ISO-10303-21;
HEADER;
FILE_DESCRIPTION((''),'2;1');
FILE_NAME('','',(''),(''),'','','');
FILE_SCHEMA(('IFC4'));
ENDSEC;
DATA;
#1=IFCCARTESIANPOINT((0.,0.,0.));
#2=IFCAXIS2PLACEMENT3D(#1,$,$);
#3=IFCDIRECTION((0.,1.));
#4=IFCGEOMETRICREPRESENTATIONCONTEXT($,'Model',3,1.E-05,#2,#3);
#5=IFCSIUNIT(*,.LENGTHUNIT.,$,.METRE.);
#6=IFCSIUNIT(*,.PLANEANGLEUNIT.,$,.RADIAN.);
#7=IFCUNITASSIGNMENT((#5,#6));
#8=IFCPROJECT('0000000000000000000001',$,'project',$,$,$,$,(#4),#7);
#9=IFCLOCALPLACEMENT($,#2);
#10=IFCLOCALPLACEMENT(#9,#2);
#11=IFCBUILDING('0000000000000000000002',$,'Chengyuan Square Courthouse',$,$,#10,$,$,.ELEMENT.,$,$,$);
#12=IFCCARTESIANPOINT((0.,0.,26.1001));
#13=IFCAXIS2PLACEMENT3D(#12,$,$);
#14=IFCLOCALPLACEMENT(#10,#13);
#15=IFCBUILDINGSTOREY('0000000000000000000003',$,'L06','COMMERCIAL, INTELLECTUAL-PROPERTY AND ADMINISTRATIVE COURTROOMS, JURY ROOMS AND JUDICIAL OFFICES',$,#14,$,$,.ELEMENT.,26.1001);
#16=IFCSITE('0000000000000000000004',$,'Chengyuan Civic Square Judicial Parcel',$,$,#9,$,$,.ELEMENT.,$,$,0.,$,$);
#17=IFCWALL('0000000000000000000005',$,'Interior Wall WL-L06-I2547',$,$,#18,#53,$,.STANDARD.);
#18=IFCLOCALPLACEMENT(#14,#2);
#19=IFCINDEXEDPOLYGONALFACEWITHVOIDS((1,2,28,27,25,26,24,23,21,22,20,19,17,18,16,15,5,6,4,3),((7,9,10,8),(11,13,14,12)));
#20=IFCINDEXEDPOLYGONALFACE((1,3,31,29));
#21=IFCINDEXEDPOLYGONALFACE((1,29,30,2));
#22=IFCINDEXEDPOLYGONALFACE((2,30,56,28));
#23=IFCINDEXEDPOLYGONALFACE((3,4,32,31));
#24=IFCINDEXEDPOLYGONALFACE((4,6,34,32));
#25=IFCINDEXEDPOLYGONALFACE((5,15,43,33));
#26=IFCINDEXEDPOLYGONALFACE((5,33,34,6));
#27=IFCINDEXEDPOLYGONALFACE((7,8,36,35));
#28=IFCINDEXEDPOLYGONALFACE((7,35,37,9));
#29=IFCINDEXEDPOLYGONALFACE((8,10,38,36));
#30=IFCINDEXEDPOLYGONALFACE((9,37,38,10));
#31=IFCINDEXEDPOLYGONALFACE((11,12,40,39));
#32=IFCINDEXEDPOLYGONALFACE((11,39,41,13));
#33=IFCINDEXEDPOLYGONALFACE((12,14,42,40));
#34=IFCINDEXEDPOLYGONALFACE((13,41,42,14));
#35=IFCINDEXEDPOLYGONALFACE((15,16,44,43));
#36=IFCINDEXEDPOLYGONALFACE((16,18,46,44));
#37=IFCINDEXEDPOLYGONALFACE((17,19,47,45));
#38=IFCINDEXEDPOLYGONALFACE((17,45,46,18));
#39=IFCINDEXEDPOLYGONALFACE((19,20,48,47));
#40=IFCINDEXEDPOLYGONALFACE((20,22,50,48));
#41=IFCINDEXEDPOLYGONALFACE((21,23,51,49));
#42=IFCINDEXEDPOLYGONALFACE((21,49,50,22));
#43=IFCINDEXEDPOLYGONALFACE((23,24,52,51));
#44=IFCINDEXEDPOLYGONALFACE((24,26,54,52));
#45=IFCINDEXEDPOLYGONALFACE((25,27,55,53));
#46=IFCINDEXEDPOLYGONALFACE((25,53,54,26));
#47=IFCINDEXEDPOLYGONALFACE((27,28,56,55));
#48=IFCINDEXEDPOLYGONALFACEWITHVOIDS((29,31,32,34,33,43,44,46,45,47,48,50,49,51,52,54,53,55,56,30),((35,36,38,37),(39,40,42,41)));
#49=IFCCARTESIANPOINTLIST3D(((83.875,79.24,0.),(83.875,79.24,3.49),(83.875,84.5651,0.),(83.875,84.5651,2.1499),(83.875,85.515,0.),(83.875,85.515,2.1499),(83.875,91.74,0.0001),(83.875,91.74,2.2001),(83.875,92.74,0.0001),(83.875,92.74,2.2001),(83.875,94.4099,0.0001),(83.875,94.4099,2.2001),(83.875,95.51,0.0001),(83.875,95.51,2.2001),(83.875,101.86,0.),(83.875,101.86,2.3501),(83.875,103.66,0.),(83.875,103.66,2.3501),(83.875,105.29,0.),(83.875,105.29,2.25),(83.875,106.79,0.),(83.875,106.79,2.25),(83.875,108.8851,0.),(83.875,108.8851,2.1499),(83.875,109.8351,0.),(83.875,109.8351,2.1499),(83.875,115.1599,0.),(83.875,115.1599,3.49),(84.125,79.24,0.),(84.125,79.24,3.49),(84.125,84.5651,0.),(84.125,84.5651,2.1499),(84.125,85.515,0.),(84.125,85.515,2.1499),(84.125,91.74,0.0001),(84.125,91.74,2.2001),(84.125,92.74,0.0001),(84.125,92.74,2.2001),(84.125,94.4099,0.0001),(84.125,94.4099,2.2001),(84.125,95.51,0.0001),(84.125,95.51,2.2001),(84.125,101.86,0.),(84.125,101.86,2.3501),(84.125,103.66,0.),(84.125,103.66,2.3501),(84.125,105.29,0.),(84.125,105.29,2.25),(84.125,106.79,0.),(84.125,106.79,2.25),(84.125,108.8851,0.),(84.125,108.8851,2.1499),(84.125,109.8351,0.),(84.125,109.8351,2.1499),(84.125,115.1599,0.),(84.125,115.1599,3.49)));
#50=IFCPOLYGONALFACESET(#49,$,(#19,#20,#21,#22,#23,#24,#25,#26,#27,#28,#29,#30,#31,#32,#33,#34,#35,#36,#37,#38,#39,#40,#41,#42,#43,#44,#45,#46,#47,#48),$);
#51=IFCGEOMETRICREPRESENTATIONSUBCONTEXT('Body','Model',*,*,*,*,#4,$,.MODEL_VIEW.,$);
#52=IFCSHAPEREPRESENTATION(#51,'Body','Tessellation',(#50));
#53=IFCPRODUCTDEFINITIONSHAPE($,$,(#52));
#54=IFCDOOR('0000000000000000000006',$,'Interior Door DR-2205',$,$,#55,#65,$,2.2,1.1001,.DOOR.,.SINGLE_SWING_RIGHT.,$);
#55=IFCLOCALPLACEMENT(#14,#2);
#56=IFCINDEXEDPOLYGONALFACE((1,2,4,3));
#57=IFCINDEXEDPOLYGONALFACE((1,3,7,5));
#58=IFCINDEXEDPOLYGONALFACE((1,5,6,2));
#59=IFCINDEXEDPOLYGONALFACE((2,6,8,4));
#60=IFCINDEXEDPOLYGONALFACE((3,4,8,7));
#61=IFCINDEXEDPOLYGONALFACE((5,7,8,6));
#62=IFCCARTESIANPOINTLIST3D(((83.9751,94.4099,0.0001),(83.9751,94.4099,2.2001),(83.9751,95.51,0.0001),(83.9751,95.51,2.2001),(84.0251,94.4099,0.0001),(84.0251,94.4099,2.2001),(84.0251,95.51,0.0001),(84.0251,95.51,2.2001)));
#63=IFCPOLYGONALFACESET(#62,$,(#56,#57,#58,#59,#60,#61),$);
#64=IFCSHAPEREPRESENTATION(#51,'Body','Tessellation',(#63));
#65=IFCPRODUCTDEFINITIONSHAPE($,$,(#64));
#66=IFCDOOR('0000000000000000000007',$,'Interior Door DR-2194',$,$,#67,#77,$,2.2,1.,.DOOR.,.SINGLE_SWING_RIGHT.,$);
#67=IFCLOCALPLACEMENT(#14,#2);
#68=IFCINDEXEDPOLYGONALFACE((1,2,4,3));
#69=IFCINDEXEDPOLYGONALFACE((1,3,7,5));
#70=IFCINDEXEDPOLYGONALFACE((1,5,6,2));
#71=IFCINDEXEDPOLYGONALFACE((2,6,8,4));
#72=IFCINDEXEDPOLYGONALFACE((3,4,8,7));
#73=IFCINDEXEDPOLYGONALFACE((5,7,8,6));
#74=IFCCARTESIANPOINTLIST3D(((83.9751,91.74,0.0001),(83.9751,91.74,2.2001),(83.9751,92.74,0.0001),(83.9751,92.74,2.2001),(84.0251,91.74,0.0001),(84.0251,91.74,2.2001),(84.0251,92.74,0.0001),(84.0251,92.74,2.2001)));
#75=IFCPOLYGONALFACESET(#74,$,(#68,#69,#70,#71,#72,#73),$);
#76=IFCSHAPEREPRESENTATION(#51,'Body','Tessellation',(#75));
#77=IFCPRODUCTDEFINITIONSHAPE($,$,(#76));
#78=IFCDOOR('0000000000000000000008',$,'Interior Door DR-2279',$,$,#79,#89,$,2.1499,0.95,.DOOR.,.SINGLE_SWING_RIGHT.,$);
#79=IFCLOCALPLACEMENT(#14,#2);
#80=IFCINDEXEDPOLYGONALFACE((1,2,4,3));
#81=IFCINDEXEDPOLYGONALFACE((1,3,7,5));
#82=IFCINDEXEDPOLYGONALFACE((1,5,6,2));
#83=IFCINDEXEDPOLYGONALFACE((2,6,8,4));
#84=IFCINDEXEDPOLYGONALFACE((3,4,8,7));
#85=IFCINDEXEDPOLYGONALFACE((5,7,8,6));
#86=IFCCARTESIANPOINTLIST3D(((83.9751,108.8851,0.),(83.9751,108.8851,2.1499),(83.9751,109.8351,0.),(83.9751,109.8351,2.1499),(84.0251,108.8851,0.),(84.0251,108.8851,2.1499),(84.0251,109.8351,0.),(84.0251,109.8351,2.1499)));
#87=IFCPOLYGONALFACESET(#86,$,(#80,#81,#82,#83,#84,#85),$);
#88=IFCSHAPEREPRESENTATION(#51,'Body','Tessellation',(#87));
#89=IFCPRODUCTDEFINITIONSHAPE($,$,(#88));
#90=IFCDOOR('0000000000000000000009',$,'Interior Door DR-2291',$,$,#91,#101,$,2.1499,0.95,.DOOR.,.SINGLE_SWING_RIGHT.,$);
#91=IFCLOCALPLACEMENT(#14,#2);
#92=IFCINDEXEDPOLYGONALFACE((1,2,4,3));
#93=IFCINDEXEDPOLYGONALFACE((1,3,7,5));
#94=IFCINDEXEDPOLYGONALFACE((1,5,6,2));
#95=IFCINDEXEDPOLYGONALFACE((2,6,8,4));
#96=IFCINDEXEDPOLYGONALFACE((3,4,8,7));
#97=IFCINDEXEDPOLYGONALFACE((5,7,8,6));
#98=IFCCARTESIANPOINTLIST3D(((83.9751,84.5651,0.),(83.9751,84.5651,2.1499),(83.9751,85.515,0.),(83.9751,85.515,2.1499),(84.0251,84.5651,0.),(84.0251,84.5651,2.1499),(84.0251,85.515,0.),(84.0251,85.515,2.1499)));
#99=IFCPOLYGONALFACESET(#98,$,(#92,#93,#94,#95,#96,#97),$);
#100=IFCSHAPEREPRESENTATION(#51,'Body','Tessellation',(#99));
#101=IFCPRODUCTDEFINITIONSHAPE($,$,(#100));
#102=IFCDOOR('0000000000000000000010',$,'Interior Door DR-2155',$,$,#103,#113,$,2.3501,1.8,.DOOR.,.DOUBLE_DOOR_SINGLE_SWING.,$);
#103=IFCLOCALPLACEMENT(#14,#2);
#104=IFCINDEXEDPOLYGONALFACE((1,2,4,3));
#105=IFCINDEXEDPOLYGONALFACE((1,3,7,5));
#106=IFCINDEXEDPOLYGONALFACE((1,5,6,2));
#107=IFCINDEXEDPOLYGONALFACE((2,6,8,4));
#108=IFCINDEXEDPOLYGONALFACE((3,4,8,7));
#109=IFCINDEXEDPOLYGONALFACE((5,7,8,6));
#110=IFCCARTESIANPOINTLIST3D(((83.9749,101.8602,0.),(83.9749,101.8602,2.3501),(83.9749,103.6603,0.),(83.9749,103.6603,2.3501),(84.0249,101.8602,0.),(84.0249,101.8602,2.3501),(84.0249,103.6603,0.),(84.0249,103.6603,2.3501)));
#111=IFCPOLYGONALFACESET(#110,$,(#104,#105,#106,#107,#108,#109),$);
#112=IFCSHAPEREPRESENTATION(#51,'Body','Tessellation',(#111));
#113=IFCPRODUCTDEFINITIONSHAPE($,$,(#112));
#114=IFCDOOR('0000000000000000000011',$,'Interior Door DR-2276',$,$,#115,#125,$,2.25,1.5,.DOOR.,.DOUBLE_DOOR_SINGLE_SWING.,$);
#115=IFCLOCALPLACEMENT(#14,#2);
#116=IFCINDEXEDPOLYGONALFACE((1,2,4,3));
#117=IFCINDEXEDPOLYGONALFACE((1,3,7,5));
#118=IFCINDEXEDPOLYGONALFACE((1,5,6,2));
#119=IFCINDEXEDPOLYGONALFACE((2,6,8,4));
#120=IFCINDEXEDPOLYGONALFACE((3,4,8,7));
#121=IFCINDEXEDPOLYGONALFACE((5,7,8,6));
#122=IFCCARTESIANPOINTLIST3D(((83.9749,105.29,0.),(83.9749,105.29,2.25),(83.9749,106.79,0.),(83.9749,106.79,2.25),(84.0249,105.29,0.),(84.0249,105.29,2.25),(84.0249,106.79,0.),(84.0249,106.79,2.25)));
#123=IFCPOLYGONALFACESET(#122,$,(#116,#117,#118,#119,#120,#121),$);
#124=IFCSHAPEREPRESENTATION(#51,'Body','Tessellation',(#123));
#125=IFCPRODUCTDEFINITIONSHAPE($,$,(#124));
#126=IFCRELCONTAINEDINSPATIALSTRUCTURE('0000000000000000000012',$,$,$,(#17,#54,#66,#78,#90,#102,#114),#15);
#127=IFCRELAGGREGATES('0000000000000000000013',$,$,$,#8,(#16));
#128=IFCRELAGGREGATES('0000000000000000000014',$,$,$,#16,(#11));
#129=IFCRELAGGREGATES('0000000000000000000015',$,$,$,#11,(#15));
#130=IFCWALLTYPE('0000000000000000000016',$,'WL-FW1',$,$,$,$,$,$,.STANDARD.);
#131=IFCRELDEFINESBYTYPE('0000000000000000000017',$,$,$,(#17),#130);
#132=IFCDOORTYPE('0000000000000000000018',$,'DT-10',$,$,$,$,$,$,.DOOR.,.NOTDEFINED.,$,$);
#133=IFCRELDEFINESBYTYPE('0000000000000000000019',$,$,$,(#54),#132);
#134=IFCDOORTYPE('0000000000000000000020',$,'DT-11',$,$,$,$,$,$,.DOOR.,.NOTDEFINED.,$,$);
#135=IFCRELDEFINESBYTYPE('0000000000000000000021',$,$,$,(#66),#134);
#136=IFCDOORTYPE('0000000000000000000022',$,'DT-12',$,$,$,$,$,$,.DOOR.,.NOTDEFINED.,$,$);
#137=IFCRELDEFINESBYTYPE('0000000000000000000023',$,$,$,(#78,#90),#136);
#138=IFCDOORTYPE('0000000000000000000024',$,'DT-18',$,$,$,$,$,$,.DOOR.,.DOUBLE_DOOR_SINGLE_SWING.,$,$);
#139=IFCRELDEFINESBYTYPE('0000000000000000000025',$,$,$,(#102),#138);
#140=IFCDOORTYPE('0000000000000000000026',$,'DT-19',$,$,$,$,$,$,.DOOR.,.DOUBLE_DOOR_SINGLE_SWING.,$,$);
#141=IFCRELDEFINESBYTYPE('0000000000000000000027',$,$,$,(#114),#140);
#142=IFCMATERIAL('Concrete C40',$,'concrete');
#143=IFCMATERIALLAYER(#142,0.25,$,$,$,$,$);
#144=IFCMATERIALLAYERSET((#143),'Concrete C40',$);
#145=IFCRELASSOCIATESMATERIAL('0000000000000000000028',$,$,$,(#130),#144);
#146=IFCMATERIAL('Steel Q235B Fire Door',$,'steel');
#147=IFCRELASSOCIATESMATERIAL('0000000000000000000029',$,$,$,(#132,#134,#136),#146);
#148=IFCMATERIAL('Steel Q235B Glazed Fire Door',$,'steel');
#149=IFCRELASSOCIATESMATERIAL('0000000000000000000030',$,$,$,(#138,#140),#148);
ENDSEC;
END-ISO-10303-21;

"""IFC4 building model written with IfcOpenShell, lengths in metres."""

from ifc_helpers import new_model, si_unit, direction, frame, frame_2d, origin, place, context, subcontext, project, spatial, rectangle, extrude, material, layer, layer_set, type_object, element, fill, save


model = new_model("IFC4")

# Units and contexts
model_context = context("Model", 3, precision=1e-05, world=origin(), true_north=direction((0.0, 1.0)))
body_context = subcontext(model_context, "Body", "Model", "MODEL_VIEW")
ifc_project = project(units=[si_unit("LENGTHUNIT", "METRE"), si_unit("PLANEANGLEUNIT", "RADIAN")], contexts=[model_context])

# Site, building, storey
site_placement = place(None, origin())
site = spatial("IfcSite", under=ifc_project, at=site_placement, Name="Chengyuan Civic Square Judicial Parcel", CompositionType="ELEMENT", RefElevation=0.0)
building_placement = place(site_placement, origin())
building = spatial("IfcBuilding", under=site, at=building_placement, Name="Chengyuan Square Courthouse", CompositionType="ELEMENT")
storey_placement = place(building_placement, frame((0.0, 0.0, 26.1001)))
storey = spatial("IfcBuildingStorey", under=building, at=storey_placement, Name="L06", Description="COMMERCIAL, INTELLECTUAL-PROPERTY AND ADMINISTRATIVE COURTROOMS, JURY ROOMS AND JUDICIAL OFFICES", CompositionType="ELEMENT", Elevation=26.1001)

# Shared definitions
ifc_material_1 = material(Name="Concrete C40", Category="concrete")

# Wall, openings, doors
ifc_layer_1 = layer(ifc_material_1, 0.25)
ifc_layer_set_1 = layer_set([ifc_layer_1], Name="Concrete C40")
wall_type_1 = type_object("IfcWallType", Name="WL-FW1", PredefinedType="STANDARD", material=ifc_layer_set_1)
wall_1_placement = place(storey_placement, frame((84.0, 79.24, 0.0), z_axis=(0.0, 0.0, 1.0), x_axis=(0.0, 1.0, 0.0)))
wall_1 = element("IfcWall", 1, at=wall_1_placement, inside=storey, type_object=wall_type_1, Name="Interior Wall WL-L06-I2547", PredefinedType="STANDARD", context=body_context, shape_type="SweptSolid", body=[
    extrude(rectangle(XDim=35.9199, YDim=0.25, at=frame_2d((17.96, 0.0))), origin(), (0.0, 0.0, 1.0), 3.49),
])
opening_1_placement = place(wall_1_placement, frame((22.6201, 0.0, 0.0)))
opening_1 = element("IfcOpeningElement", 2, at=opening_1_placement, cuts=wall_1, PredefinedType="OPENING", context=body_context, shape_type="SweptSolid", body=[
    extrude(rectangle(XDim=1.8, YDim=2.3501, at=frame_2d((0.8999, 1.175))), frame((0.0, 0.137, 0.0), z_axis=(0.0, -1.0, 0.0), x_axis=(1.0, 0.0, 0.0)), (0.0, 0.0, 1.0), 0.2739),
])
opening_2_placement = place(wall_1_placement, frame((12.5, 0.0, 0.0)))
opening_2 = element("IfcOpeningElement", 3, at=opening_2_placement, cuts=wall_1, PredefinedType="OPENING", context=body_context, shape_type="SweptSolid", body=[
    extrude(rectangle(XDim=1.0, YDim=2.2, at=frame_2d((0.5, 1.1001))), frame((0.0, 0.137, 0.0), z_axis=(0.0, -1.0, 0.0), x_axis=(1.0, 0.0, 0.0)), (0.0, 0.0, 1.0), 0.2739),
])
opening_3_placement = place(wall_1_placement, frame((15.1699, 0.0, 0.0)))
opening_3 = element("IfcOpeningElement", 4, at=opening_3_placement, cuts=wall_1, PredefinedType="OPENING", context=body_context, shape_type="SweptSolid", body=[
    extrude(rectangle(XDim=1.1001, YDim=2.2, at=frame_2d((0.55, 1.1001))), frame((0.0, 0.137, 0.0), z_axis=(0.0, -1.0, 0.0), x_axis=(1.0, 0.0, 0.0)), (0.0, 0.0, 1.0), 0.2739),
])
opening_4_placement = place(wall_1_placement, frame((26.05, 0.0, 0.0)))
opening_4 = element("IfcOpeningElement", 5, at=opening_4_placement, cuts=wall_1, PredefinedType="OPENING", context=body_context, shape_type="SweptSolid", body=[
    extrude(rectangle(XDim=1.5, YDim=2.25, at=frame_2d((0.75, 1.125))), frame((0.0, 0.137, 0.0), z_axis=(0.0, -1.0, 0.0), x_axis=(1.0, 0.0, 0.0)), (0.0, 0.0, 1.0), 0.2739),
])
opening_5_placement = place(wall_1_placement, frame((29.645, 0.0, 0.0)))
opening_5 = element("IfcOpeningElement", 6, at=opening_5_placement, cuts=wall_1, PredefinedType="OPENING", context=body_context, shape_type="SweptSolid", body=[
    extrude(rectangle(XDim=0.95, YDim=2.1499, at=frame_2d((0.4751, 1.075))), frame((0.0, 0.137, 0.0), z_axis=(0.0, -1.0, 0.0), x_axis=(1.0, 0.0, 0.0)), (0.0, 0.0, 1.0), 0.2739),
])
opening_6_placement = place(wall_1_placement, frame((5.325, 0.0, 0.0)))
opening_6 = element("IfcOpeningElement", 7, at=opening_6_placement, cuts=wall_1, PredefinedType="OPENING", context=body_context, shape_type="SweptSolid", body=[
    extrude(rectangle(XDim=0.95, YDim=2.1499, at=frame_2d((0.4751, 1.075))), frame((0.0, 0.137, 0.0), z_axis=(0.0, -1.0, 0.0), x_axis=(1.0, 0.0, 0.0)), (0.0, 0.0, 1.0), 0.2739),
])
ifc_material_2 = material(Name="Steel Q235B Fire Door", Category="steel")
door_type_1 = type_object("IfcDoorType", Name="DT-10", OperationType="NOTDEFINED", PredefinedType="DOOR", material=ifc_material_2)
door_1_placement = place(opening_3_placement, origin())
door_1 = element("IfcDoor", 8, at=door_1_placement, inside=storey, type_object=door_type_1, Name="Interior Door DR-2205", OperationType="SINGLE_SWING_RIGHT", OverallHeight=2.2, OverallWidth=1.1001, PredefinedType="DOOR", context=body_context, shape_type="SweptSolid", body=[
    extrude(rectangle(XDim=1.1001, YDim=2.2, at=frame_2d((0.55, 1.1001))), frame((0.0, 0.0249, 0.0), z_axis=(0.0, -1.0, 0.0), x_axis=(1.0, 0.0, 0.0)), (0.0, 0.0, 1.0), 0.05),
])
fill(opening_3, door_1)
door_type_2 = type_object("IfcDoorType", Name="DT-11", OperationType="NOTDEFINED", PredefinedType="DOOR", material=ifc_material_2)
door_2_placement = place(opening_2_placement, origin())
door_2 = element("IfcDoor", 9, at=door_2_placement, inside=storey, type_object=door_type_2, Name="Interior Door DR-2194", OperationType="SINGLE_SWING_RIGHT", OverallHeight=2.2, OverallWidth=1.0, PredefinedType="DOOR", context=body_context, shape_type="SweptSolid", body=[
    extrude(rectangle(XDim=1.0, YDim=2.2, at=frame_2d((0.5, 1.1001))), frame((0.0, 0.0249, 0.0), z_axis=(0.0, -1.0, 0.0), x_axis=(1.0, 0.0, 0.0)), (0.0, 0.0, 1.0), 0.05),
])
fill(opening_2, door_2)
door_type_3 = type_object("IfcDoorType", Name="DT-12", OperationType="NOTDEFINED", PredefinedType="DOOR", material=ifc_material_2)
door_3_placement = place(opening_5_placement, origin())
door_3 = element("IfcDoor", 10, at=door_3_placement, inside=storey, type_object=door_type_3, Name="Interior Door DR-2279", OperationType="SINGLE_SWING_RIGHT", OverallHeight=2.1499, OverallWidth=0.95, PredefinedType="DOOR", context=body_context, shape_type="SweptSolid", body=[
    extrude(rectangle(XDim=0.95, YDim=2.1499, at=frame_2d((0.4751, 1.075))), frame((0.0, 0.0249, 0.0), z_axis=(0.0, -1.0, 0.0), x_axis=(1.0, 0.0, 0.0)), (0.0, 0.0, 1.0), 0.05),
])
fill(opening_5, door_3)
door_4_placement = place(opening_6_placement, origin())
door_4 = element("IfcDoor", 11, at=door_4_placement, inside=storey, type_object=door_type_3, Name="Interior Door DR-2291", OperationType="SINGLE_SWING_RIGHT", OverallHeight=2.1499, OverallWidth=0.95, PredefinedType="DOOR", context=body_context, shape_type="SweptSolid", body=[
    extrude(rectangle(XDim=0.95, YDim=2.1499, at=frame_2d((0.4751, 1.075))), frame((0.0, 0.0249, 0.0), z_axis=(0.0, -1.0, 0.0), x_axis=(1.0, 0.0, 0.0)), (0.0, 0.0, 1.0), 0.05),
])
fill(opening_6, door_4)
ifc_material_3 = material(Name="Steel Q235B Glazed Fire Door", Category="steel")
door_type_4 = type_object("IfcDoorType", Name="DT-18", OperationType="DOUBLE_DOOR_SINGLE_SWING", PredefinedType="DOOR", material=ifc_material_3)
door_5_placement = place(opening_1_placement, frame((1.8, 0.0, 0.0), z_axis=(0.0, 0.0, 1.0), x_axis=(-1.0, 0.0, 0.0)))
door_5 = element("IfcDoor", 12, at=door_5_placement, inside=storey, type_object=door_type_4, Name="Interior Door DR-2155", OperationType="DOUBLE_DOOR_SINGLE_SWING", OverallHeight=2.3501, OverallWidth=1.8, PredefinedType="DOOR", context=body_context, shape_type="SweptSolid", body=[
    extrude(rectangle(XDim=1.8, YDim=2.3501, at=frame_2d((0.8999, 1.175))), frame((0.0, 0.0249, 0.0), z_axis=(0.0, -1.0, 0.0), x_axis=(1.0, 0.0, 0.0)), (0.0, 0.0, 1.0), 0.05),
])
fill(opening_1, door_5)
door_type_5 = type_object("IfcDoorType", Name="DT-19", OperationType="DOUBLE_DOOR_SINGLE_SWING", PredefinedType="DOOR", material=ifc_material_3)
door_6_placement = place(opening_4_placement, frame((1.5, 0.0, 0.0), z_axis=(0.0, 0.0, 1.0), x_axis=(-1.0, 0.0, 0.0)))
door_6 = element("IfcDoor", 13, at=door_6_placement, inside=storey, type_object=door_type_5, Name="Interior Door DR-2276", OperationType="DOUBLE_DOOR_SINGLE_SWING", OverallHeight=2.25, OverallWidth=1.5, PredefinedType="DOOR", context=body_context, shape_type="SweptSolid", body=[
    extrude(rectangle(XDim=1.5, YDim=2.25, at=frame_2d((0.75, 1.125))), frame((0.0, 0.0249, 0.0), z_axis=(0.0, -1.0, 0.0), x_axis=(1.0, 0.0, 0.0)), (0.0, 0.0, 1.0), 0.05),
])
fill(opening_4, door_6)

save(model, "model.ifc")
